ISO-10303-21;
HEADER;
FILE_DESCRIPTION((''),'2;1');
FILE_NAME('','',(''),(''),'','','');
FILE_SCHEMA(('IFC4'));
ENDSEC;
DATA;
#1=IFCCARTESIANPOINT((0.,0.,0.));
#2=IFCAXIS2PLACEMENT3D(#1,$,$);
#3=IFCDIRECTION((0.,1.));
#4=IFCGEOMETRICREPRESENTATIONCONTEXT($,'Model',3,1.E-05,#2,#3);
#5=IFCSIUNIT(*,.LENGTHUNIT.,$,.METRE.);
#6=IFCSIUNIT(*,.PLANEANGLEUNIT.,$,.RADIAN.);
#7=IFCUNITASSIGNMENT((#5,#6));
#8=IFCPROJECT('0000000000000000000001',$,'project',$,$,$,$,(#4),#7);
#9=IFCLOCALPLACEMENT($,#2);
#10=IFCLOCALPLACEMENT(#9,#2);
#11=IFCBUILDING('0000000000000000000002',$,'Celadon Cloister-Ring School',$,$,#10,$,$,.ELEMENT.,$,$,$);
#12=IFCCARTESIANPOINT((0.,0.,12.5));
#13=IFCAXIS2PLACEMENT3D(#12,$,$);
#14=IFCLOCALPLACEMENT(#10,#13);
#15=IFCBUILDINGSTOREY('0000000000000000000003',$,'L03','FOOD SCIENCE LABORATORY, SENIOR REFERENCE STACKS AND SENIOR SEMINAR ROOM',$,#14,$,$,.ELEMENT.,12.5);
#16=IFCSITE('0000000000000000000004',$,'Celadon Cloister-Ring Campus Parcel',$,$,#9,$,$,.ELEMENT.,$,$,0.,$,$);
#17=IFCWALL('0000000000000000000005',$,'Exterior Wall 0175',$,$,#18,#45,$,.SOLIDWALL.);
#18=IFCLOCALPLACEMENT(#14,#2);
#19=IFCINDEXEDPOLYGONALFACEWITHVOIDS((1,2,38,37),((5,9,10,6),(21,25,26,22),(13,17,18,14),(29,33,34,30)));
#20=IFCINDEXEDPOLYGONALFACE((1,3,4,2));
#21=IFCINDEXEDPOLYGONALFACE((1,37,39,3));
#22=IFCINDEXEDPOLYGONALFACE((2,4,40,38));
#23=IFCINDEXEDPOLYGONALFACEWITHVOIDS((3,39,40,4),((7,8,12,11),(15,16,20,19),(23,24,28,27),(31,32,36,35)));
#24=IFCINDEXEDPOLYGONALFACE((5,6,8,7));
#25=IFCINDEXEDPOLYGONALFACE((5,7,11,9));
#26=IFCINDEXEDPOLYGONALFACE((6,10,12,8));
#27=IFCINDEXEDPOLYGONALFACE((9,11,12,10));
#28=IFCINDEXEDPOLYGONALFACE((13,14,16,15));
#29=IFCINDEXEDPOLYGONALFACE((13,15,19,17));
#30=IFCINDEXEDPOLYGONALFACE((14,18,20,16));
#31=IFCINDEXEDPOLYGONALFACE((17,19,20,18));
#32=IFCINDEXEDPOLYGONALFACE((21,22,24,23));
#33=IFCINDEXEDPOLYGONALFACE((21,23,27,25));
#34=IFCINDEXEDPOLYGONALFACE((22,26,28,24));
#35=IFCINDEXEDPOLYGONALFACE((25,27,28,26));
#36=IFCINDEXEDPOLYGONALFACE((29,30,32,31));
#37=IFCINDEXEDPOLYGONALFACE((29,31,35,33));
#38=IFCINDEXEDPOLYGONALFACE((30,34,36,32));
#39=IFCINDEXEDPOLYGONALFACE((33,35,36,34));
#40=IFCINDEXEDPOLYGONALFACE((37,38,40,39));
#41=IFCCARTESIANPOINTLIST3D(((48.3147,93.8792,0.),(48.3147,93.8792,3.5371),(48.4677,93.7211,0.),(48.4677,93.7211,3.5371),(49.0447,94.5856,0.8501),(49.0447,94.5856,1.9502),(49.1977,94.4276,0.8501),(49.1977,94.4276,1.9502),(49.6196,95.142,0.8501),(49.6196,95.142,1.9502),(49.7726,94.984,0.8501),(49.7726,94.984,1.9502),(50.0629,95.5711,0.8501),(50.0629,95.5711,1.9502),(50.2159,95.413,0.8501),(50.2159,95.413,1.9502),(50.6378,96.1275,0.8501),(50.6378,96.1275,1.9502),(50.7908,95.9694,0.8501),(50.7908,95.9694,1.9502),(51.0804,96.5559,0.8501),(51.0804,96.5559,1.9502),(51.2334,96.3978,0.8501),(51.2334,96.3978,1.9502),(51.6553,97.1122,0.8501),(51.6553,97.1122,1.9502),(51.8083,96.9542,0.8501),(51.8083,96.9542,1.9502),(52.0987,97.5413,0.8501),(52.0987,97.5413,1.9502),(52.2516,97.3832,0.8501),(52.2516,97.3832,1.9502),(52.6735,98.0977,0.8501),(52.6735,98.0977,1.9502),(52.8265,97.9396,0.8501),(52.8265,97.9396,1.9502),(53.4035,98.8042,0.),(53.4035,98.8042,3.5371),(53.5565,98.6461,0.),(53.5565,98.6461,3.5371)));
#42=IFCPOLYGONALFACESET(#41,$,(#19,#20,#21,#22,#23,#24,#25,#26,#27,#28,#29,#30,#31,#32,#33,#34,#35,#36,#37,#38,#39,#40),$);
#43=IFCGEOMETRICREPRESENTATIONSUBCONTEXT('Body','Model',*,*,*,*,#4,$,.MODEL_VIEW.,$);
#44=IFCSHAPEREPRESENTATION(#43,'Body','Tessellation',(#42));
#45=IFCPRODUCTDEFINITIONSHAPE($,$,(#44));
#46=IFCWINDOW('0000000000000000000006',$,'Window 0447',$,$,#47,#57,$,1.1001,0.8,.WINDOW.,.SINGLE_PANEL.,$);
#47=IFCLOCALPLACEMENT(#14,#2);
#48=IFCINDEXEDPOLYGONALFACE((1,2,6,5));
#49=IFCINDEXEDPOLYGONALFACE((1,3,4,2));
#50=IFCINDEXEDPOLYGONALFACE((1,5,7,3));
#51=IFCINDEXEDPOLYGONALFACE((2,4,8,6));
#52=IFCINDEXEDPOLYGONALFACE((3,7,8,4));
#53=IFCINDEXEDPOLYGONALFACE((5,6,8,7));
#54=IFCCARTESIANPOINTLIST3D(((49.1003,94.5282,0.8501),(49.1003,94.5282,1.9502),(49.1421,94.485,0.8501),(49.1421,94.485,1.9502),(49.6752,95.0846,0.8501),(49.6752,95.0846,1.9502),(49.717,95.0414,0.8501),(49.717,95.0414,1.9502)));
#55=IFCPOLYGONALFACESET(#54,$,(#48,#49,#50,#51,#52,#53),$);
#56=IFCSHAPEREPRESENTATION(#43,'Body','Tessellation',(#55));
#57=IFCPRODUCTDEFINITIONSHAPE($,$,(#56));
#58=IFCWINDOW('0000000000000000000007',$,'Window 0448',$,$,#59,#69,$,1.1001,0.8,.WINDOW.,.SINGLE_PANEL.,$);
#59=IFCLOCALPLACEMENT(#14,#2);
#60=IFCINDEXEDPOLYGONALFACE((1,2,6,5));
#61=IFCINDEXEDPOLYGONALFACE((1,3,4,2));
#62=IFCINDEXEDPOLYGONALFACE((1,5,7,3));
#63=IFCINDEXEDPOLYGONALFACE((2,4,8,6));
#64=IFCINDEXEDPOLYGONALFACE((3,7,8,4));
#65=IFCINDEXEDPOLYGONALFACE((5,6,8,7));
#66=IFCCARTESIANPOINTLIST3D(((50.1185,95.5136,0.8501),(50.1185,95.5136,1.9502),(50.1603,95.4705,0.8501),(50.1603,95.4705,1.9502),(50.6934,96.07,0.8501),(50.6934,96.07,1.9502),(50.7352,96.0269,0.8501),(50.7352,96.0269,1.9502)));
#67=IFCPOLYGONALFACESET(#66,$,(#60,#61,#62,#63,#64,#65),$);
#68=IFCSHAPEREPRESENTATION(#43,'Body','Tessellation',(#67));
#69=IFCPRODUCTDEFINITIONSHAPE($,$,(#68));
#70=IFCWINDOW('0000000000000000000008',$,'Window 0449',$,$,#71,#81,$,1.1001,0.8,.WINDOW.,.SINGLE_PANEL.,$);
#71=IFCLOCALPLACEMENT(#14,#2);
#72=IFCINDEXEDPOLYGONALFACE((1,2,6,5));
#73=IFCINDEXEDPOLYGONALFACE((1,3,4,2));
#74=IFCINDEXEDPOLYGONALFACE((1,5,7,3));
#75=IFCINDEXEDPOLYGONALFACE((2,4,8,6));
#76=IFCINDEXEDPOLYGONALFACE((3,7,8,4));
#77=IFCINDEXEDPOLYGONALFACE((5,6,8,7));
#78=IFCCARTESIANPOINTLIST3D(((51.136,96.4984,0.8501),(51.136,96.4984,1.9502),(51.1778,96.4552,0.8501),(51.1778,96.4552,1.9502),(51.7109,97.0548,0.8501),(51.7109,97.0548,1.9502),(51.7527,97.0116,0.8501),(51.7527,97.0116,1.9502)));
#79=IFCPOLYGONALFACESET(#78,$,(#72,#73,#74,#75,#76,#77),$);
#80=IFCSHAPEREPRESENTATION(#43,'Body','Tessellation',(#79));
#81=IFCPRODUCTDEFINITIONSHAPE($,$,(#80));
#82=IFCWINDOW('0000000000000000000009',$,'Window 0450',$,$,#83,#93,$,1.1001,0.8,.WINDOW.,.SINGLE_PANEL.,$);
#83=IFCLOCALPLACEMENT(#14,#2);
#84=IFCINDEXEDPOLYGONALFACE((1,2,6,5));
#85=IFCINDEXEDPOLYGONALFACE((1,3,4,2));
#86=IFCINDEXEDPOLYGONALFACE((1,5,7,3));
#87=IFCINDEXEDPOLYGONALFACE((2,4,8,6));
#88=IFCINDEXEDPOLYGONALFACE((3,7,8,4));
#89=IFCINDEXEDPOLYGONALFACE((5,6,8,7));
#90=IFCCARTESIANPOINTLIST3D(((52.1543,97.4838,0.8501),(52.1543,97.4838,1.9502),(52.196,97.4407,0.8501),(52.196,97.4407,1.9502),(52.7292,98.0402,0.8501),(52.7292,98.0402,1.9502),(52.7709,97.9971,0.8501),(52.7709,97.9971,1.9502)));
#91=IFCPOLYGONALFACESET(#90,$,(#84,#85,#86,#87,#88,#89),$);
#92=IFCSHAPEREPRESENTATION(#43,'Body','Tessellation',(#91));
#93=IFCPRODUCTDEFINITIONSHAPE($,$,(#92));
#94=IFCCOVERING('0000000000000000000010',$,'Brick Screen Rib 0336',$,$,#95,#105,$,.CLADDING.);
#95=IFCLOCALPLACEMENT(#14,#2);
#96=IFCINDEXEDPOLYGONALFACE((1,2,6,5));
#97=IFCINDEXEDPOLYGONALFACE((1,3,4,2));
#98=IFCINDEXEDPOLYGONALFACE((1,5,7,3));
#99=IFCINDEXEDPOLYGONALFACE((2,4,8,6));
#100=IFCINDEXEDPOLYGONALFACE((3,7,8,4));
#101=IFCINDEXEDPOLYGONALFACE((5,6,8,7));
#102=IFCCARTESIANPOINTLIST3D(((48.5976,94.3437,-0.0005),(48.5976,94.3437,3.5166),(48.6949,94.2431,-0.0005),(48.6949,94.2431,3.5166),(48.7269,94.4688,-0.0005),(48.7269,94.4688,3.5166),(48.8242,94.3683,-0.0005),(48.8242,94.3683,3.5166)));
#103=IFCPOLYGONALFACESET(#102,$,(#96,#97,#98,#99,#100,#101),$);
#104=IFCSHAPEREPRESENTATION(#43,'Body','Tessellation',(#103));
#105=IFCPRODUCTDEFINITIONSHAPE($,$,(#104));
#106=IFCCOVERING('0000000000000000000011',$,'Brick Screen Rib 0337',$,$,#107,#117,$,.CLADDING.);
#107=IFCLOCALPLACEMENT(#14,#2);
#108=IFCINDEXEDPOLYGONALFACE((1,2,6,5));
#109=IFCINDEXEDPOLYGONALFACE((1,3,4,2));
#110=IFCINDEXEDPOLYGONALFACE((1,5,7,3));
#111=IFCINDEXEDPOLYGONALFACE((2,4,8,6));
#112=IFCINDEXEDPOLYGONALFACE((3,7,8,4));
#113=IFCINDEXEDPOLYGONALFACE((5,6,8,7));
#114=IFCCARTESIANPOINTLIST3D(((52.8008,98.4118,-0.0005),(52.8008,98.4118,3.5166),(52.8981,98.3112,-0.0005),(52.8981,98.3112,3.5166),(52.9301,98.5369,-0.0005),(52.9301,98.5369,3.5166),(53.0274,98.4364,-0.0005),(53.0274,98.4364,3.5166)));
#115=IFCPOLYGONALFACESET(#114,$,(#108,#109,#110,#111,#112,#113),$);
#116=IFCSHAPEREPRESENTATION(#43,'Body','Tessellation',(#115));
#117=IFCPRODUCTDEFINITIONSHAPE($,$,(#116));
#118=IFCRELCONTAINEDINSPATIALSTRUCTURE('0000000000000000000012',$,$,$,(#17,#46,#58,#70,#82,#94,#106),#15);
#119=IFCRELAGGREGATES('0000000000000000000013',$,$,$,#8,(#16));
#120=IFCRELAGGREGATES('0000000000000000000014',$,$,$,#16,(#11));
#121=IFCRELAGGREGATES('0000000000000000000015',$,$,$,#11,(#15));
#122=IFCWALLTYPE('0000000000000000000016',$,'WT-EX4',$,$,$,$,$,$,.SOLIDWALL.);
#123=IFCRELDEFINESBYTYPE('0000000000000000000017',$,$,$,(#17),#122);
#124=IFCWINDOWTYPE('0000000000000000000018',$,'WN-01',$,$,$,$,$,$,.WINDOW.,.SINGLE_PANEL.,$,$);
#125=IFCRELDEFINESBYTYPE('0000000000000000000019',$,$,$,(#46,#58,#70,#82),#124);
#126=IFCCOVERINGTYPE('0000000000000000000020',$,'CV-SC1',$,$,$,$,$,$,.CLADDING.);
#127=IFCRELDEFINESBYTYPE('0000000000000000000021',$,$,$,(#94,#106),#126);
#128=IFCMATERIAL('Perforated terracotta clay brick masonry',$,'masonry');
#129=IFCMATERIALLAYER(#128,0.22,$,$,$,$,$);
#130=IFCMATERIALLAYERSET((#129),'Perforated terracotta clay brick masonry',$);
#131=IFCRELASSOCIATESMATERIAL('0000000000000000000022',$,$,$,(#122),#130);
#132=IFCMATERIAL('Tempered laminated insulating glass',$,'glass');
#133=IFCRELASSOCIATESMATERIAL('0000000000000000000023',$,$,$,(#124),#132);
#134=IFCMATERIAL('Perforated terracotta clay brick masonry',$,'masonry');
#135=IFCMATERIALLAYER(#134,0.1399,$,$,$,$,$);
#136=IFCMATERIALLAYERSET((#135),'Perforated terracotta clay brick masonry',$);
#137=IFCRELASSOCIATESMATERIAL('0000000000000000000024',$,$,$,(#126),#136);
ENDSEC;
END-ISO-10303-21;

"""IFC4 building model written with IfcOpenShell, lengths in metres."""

from ifc_helpers import new_model, si_unit, direction, frame, frame_2d, origin, origin_2d, place, context, subcontext, project, spatial, rectangle, extrude, material, layer, layer_set, type_object, element, fill, save


model = new_model("IFC4")

# Units and contexts
model_context = context("Model", 3, precision=1e-05, world=origin(), true_north=direction((0.0, 1.0)))
body_context = subcontext(model_context, "Body", "Model", "MODEL_VIEW")
ifc_project = project(units=[si_unit("LENGTHUNIT", "METRE"), si_unit("PLANEANGLEUNIT", "RADIAN")], contexts=[model_context])

# Site, building, storey
site_placement = place(None, origin())
site = spatial("IfcSite", under=ifc_project, at=site_placement, Name="Celadon Cloister-Ring Campus Parcel", CompositionType="ELEMENT", RefElevation=0.0)
building_placement = place(site_placement, origin())
building = spatial("IfcBuilding", under=site, at=building_placement, Name="Celadon Cloister-Ring School", CompositionType="ELEMENT")
storey_placement = place(building_placement, frame((0.0, 0.0, 12.5)))
storey = spatial("IfcBuildingStorey", under=building, at=storey_placement, Name="L03", Description="FOOD SCIENCE LABORATORY, SENIOR REFERENCE STACKS AND SENIOR SEMINAR ROOM", CompositionType="ELEMENT", Elevation=12.5)

# Wall, openings, windows
ifc_material_1 = material(Name="Perforated terracotta clay brick masonry", Category="masonry")
ifc_layer_1 = layer(ifc_material_1, 0.22)
ifc_layer_set_1 = layer_set([ifc_layer_1], Name="Perforated terracotta clay brick masonry")
wall_type = type_object("IfcWallType", Name="WT-EX4", PredefinedType="SOLIDWALL", material=ifc_layer_set_1)
wall_placement = place(storey_placement, frame((48.3911, 93.8, 0.0), z_axis=(0.0, 0.0, 1.0), x_axis=(0.718578, 0.695446, 0.0)))
wall = element("IfcWall", 1, at=wall_placement, inside=storey, type_object=wall_type, Name="Exterior Wall 0175", PredefinedType="SOLIDWALL", context=body_context, shape_type="SweptSolid", body=[
    extrude(rectangle(XDim=7.0818, YDim=0.22, at=frame_2d((3.541, 0.0))), origin(), (0.0, 0.0, 1.0), 3.5371),
])
opening_1_placement = place(wall_placement, frame((1.0161, 0.0, 0.8501)))
opening_1 = element("IfcOpeningElement", 2, at=opening_1_placement, cuts=wall, PredefinedType="OPENING", context=body_context, shape_type="SweptSolid", body=[
    extrude(rectangle(XDim=0.8, YDim=1.1001, at=frame_2d((0.3999, 0.55))), frame((0.0, 0.1201, 0.0), z_axis=(0.0, -1.0, 0.0), x_axis=(1.0, 0.0, 0.0)), (0.0, 0.0, 1.0), 0.24),
])
opening_2_placement = place(wall_placement, frame((2.4331, 0.0, 0.8501)))
opening_2 = element("IfcOpeningElement", 3, at=opening_2_placement, cuts=wall, PredefinedType="OPENING", context=body_context, shape_type="SweptSolid", body=[
    extrude(rectangle(XDim=0.8, YDim=1.1001, at=frame_2d((0.3999, 0.55))), frame((0.0, 0.1201, 0.0), z_axis=(0.0, -1.0, 0.0), x_axis=(1.0, 0.0, 0.0)), (0.0, 0.0, 1.0), 0.24),
])
opening_3_placement = place(wall_placement, frame((3.8491, 0.0, 0.8501)))
opening_3 = element("IfcOpeningElement", 4, at=opening_3_placement, cuts=wall, PredefinedType="OPENING", context=body_context, shape_type="SweptSolid", body=[
    extrude(rectangle(XDim=0.8, YDim=1.1001, at=frame_2d((0.3999, 0.55))), frame((0.0, 0.1201, 0.0), z_axis=(0.0, -1.0, 0.0), x_axis=(1.0, 0.0, 0.0)), (0.0, 0.0, 1.0), 0.24),
])
opening_4_placement = place(wall_placement, frame((5.2661, 0.0, 0.8501)))
opening_4 = element("IfcOpeningElement", 5, at=opening_4_placement, cuts=wall, PredefinedType="OPENING", context=body_context, shape_type="SweptSolid", body=[
    extrude(rectangle(XDim=0.8, YDim=1.1001, at=frame_2d((0.3999, 0.55))), frame((0.0, 0.1201, 0.0), z_axis=(0.0, -1.0, 0.0), x_axis=(1.0, 0.0, 0.0)), (0.0, 0.0, 1.0), 0.24),
])
ifc_material_2 = material(Name="Tempered laminated insulating glass", Category="glass")
window_type = type_object("IfcWindowType", Name="WN-01", PartitioningType="SINGLE_PANEL", PredefinedType="WINDOW", material=ifc_material_2)
window_1_placement = place(opening_1_placement, origin())
window_1 = element("IfcWindow", 6, at=window_1_placement, inside=storey, type_object=window_type, Name="Window 0447", OverallHeight=1.1001, OverallWidth=0.8, PartitioningType="SINGLE_PANEL", PredefinedType="WINDOW", context=body_context, shape_type="SweptSolid", body=[
    extrude(rectangle(XDim=0.8, YDim=1.1001, at=frame_2d((0.3999, 0.55))), frame((0.0, 0.03, 0.0), z_axis=(0.0, -1.0, 0.0), x_axis=(1.0, 0.0, 0.0)), (0.0, 0.0, 1.0), 0.0601),
])
fill(opening_1, window_1)
window_2_placement = place(opening_2_placement, origin())
window_2 = element("IfcWindow", 7, at=window_2_placement, inside=storey, type_object=window_type, Name="Window 0448", OverallHeight=1.1001, OverallWidth=0.8, PartitioningType="SINGLE_PANEL", PredefinedType="WINDOW", context=body_context, shape_type="SweptSolid", body=[
    extrude(rectangle(XDim=0.8, YDim=1.1001, at=frame_2d((0.3999, 0.55))), frame((0.0, 0.03, 0.0), z_axis=(0.0, -1.0, 0.0), x_axis=(1.0, 0.0, 0.0)), (0.0, 0.0, 1.0), 0.0601),
])
fill(opening_2, window_2)
window_3_placement = place(opening_3_placement, origin())
window_3 = element("IfcWindow", 8, at=window_3_placement, inside=storey, type_object=window_type, Name="Window 0449", OverallHeight=1.1001, OverallWidth=0.8, PartitioningType="SINGLE_PANEL", PredefinedType="WINDOW", context=body_context, shape_type="SweptSolid", body=[
    extrude(rectangle(XDim=0.8, YDim=1.1001, at=frame_2d((0.3999, 0.55))), frame((0.0, 0.03, 0.0), z_axis=(0.0, -1.0, 0.0), x_axis=(1.0, 0.0, 0.0)), (0.0, 0.0, 1.0), 0.0601),
])
fill(opening_3, window_3)
window_4_placement = place(opening_4_placement, origin())
window_4 = element("IfcWindow", 9, at=window_4_placement, inside=storey, type_object=window_type, Name="Window 0450", OverallHeight=1.1001, OverallWidth=0.8, PartitioningType="SINGLE_PANEL", PredefinedType="WINDOW", context=body_context, shape_type="SweptSolid", body=[
    extrude(rectangle(XDim=0.8, YDim=1.1001, at=frame_2d((0.3999, 0.55))), frame((0.0, 0.03, 0.0), z_axis=(0.0, -1.0, 0.0), x_axis=(1.0, 0.0, 0.0)), (0.0, 0.0, 1.0), 0.0601),
])
fill(opening_4, window_4)

# Coverings
ifc_material_3 = material(Name="Perforated terracotta clay brick masonry", Category="masonry")
ifc_layer_2 = layer(ifc_material_3, 0.1399)
ifc_layer_set_2 = layer_set([ifc_layer_2], Name="Perforated terracotta clay brick masonry")
covering_type = type_object("IfcCoveringType", Name="CV-SC1", PredefinedType="CLADDING", material=ifc_layer_set_2)
for number, where, z_axis, x_axis, name in (
    (10, (48.7109, 94.356, -0.0005), (0.0, 0.0, 1.0), (0.718588, 0.695436, 0.0), "Brick Screen Rib 0336"),
    (11, (52.9141, 98.4241, -0.0005), (0.0, 0.0, 1.0), (0.718588, 0.695436, 0.0), "Brick Screen Rib 0337"),
):
    element("IfcCovering", number, at=place(storey_placement, frame(where, z_axis=z_axis, x_axis=x_axis)), inside=storey, type_object=covering_type, Name=name, PredefinedType="CLADDING", context=body_context, shape_type="SweptSolid", body=[
        extrude(rectangle(XDim=0.1799, YDim=0.1399, at=origin_2d()), origin(), (0.0, 0.0, 1.0), 3.5171),
    ])

save(model, "model.ifc")
